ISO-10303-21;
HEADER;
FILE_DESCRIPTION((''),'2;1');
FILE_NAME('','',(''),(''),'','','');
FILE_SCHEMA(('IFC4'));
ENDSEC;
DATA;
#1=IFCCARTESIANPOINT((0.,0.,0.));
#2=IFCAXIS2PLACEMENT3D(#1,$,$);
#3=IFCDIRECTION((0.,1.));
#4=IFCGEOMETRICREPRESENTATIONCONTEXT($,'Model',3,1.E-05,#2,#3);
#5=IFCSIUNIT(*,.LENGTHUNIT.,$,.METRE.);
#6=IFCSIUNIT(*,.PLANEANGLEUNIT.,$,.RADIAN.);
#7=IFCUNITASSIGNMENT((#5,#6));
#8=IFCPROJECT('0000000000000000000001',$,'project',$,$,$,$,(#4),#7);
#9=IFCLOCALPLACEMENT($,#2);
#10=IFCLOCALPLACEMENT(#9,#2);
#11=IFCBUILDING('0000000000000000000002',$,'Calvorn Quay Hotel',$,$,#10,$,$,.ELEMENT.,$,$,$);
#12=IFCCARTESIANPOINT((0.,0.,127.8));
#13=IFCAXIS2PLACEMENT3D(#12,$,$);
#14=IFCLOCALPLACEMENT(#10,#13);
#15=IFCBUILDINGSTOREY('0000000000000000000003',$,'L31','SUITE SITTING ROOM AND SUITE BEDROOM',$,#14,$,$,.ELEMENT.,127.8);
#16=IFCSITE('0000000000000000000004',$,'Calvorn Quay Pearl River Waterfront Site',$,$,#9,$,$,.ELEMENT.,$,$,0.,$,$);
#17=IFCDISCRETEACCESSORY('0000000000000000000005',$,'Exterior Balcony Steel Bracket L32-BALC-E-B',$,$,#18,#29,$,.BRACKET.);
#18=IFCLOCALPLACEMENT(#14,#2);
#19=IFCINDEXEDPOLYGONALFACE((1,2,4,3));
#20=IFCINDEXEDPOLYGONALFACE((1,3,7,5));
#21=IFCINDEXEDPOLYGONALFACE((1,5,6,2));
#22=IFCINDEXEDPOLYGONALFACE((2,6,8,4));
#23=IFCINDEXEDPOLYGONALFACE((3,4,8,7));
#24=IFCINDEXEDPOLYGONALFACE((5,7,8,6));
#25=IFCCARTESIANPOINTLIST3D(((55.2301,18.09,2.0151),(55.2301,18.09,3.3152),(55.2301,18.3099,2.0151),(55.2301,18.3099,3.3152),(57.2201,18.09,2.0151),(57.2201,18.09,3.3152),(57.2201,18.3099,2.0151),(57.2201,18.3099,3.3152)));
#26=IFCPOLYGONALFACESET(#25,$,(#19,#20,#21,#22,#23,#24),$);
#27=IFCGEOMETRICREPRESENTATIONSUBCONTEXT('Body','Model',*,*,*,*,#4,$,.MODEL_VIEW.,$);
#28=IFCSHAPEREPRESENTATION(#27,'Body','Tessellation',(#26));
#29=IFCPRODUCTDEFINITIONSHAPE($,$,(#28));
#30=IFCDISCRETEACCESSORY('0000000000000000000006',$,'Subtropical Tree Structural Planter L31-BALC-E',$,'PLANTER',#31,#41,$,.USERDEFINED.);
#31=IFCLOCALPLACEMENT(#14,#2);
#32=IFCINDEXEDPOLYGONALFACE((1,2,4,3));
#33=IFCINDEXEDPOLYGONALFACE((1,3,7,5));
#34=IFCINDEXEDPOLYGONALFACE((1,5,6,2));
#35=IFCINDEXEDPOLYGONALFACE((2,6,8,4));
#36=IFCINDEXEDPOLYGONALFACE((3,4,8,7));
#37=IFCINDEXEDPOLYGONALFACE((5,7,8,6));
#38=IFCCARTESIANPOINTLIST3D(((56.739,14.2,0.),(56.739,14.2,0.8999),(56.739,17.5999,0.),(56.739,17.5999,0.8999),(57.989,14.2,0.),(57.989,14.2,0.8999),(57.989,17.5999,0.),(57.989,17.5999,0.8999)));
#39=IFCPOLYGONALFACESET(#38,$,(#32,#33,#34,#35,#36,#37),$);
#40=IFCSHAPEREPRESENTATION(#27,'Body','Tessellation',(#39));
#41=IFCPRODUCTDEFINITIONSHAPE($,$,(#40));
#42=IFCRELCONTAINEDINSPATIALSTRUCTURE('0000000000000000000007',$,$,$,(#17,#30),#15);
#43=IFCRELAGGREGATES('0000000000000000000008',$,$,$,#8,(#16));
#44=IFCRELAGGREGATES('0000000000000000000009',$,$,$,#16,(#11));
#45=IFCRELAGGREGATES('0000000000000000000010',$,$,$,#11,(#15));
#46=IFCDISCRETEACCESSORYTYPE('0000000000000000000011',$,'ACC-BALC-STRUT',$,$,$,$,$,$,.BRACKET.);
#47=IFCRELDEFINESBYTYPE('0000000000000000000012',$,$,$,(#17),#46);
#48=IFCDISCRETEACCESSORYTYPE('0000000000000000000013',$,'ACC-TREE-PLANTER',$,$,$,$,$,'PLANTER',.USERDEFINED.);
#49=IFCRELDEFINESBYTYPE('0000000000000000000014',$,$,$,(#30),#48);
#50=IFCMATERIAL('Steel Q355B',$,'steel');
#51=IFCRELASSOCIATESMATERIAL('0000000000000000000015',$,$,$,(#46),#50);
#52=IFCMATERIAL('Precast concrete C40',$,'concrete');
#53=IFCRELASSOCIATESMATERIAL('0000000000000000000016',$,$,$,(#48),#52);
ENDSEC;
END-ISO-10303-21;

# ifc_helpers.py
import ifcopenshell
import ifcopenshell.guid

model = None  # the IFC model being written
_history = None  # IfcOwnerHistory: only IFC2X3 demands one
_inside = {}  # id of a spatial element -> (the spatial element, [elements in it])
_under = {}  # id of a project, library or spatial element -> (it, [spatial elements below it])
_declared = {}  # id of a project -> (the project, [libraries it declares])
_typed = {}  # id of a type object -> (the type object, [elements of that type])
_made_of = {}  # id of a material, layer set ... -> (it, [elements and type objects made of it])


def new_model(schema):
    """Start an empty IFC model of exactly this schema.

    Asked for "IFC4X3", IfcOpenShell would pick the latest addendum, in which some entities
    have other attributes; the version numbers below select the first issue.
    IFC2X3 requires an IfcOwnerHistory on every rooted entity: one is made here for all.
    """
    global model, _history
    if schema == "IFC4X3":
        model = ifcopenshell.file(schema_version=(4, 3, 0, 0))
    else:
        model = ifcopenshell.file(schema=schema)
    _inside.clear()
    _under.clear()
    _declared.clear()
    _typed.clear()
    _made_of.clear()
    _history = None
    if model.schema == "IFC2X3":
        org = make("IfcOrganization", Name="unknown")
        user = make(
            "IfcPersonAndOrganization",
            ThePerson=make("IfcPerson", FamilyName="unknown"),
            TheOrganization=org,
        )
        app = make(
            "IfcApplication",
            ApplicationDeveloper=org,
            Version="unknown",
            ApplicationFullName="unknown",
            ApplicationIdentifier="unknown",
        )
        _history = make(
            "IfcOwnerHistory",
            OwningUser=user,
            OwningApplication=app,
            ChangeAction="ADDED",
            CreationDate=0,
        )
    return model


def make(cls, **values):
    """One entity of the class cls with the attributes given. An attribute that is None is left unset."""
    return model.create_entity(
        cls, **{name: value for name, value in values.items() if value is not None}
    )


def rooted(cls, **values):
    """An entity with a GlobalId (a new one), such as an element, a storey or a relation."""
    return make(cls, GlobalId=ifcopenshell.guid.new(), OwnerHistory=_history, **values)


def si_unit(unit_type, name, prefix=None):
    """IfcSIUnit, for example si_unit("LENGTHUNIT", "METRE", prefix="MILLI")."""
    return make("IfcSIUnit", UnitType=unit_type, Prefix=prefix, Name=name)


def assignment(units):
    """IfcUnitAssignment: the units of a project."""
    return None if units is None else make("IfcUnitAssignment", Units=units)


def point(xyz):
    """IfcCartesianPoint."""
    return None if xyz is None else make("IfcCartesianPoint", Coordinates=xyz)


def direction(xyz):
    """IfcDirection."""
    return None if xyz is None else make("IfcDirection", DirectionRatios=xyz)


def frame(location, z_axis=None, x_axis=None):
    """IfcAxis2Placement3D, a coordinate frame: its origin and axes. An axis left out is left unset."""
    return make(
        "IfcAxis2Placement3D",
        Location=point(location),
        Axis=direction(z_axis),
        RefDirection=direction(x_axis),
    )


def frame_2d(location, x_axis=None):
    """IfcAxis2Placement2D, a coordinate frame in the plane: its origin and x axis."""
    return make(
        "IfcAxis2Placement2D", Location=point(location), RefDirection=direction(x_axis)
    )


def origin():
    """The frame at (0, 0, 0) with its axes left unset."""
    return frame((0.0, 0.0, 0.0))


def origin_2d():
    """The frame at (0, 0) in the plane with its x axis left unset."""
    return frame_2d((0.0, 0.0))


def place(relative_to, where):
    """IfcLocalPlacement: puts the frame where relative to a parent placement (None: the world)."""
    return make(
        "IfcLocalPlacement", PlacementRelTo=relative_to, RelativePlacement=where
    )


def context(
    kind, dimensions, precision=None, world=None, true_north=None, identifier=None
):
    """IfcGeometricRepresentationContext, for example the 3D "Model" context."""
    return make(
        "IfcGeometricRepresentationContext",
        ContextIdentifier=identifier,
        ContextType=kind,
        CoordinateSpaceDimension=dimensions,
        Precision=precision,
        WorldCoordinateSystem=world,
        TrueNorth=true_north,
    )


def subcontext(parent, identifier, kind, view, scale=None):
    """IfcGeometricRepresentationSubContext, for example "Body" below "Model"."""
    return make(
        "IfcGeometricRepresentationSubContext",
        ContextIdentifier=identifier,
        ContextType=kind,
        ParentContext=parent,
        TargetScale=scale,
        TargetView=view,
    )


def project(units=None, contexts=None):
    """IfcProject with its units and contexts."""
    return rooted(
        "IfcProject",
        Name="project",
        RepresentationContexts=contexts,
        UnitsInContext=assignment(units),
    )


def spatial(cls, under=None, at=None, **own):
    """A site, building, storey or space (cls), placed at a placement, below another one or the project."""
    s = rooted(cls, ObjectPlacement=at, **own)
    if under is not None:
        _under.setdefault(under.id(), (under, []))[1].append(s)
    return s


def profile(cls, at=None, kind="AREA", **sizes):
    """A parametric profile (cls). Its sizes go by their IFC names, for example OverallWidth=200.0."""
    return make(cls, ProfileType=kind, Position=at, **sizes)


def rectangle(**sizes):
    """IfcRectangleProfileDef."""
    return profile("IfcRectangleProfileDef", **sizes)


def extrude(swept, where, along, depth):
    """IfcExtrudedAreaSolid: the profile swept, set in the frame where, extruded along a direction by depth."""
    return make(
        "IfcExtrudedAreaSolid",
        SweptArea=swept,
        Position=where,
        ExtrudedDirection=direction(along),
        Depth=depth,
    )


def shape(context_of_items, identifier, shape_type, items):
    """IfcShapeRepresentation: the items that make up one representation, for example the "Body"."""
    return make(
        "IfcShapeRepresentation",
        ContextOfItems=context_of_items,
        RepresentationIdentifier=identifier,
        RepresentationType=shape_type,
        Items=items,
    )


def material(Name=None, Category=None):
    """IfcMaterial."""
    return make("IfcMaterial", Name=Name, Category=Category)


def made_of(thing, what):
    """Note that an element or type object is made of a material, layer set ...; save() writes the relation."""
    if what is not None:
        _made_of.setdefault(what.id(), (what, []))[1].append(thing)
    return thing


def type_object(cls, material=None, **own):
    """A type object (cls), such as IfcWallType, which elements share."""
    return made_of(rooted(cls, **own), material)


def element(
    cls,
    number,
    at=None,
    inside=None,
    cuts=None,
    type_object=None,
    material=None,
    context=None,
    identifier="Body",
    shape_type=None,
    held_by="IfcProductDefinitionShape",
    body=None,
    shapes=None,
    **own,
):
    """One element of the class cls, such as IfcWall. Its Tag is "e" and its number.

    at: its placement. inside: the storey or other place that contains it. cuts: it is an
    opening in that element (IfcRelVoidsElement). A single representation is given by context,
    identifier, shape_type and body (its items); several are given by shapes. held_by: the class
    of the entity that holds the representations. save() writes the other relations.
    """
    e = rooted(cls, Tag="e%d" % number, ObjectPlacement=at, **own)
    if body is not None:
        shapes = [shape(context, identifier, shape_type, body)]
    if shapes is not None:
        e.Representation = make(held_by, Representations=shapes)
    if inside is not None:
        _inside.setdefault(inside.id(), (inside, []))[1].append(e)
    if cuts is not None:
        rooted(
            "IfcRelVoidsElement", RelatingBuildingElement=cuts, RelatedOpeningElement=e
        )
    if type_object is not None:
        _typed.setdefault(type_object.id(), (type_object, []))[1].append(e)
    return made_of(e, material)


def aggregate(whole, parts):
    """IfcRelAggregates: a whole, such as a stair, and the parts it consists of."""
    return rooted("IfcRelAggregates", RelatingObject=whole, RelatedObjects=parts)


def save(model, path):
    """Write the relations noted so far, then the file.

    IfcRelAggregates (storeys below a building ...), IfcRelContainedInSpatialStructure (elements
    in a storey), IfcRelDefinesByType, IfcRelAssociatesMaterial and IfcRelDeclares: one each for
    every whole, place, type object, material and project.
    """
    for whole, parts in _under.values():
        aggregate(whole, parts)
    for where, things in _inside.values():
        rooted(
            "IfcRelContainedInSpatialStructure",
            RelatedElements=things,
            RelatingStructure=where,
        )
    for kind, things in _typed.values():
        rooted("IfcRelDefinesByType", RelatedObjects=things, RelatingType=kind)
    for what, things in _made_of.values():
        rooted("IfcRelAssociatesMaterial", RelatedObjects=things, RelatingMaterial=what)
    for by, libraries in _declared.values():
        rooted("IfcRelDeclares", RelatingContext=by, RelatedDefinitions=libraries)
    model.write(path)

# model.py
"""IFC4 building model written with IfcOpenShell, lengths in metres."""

from ifc_helpers import new_model, si_unit, direction, frame, origin, origin_2d, place, context, subcontext, project, spatial, rectangle, extrude, material, type_object, element, save


model = new_model("IFC4")

# Units and contexts
model_context = context("Model", 3, precision=1e-05, world=origin(), true_north=direction((0.0, 1.0)))
body_context = subcontext(model_context, "Body", "Model", "MODEL_VIEW")
ifc_project = project(units=[si_unit("LENGTHUNIT", "METRE"), si_unit("PLANEANGLEUNIT", "RADIAN")], contexts=[model_context])

# Site, building, storey
site_placement = place(None, origin())
site = spatial("IfcSite", under=ifc_project, at=site_placement, Name="Calvorn Quay Pearl River Waterfront Site", CompositionType="ELEMENT", RefElevation=0.0)
building_placement = place(site_placement, origin())
building = spatial("IfcBuilding", under=site, at=building_placement, Name="Calvorn Quay Hotel", CompositionType="ELEMENT")
storey_placement = place(building_placement, frame((0.0, 0.0, 127.8)))
storey = spatial("IfcBuildingStorey", under=building, at=storey_placement, Name="L31", Description="SUITE SITTING ROOM AND SUITE BEDROOM", CompositionType="ELEMENT", Elevation=127.8)

# Discrete accessories
ifc_material_1 = material(Name="Steel Q355B", Category="steel")
discrete_accessory_type_1 = type_object("IfcDiscreteAccessoryType", Name="ACC-BALC-STRUT", PredefinedType="BRACKET", material=ifc_material_1)
for number, where, z_axis, x_axis, name in (
    (1, (56.2251, 18.2, 2.0151), (0.0, 0.0, 1.0), (1.0, 0.0, 0.0), "Exterior Balcony Steel Bracket L32-BALC-E-B"),
):
    element("IfcDiscreteAccessory", number, at=place(storey_placement, frame(where, z_axis=z_axis, x_axis=x_axis)), inside=storey, type_object=discrete_accessory_type_1, Name=name, PredefinedType="BRACKET", context=body_context, shape_type="SweptSolid", body=[
        extrude(rectangle(XDim=1.99, YDim=0.22, at=origin_2d()), origin(), (0.0, 0.0, 1.0), 1.3),
    ])
ifc_material_2 = material(Name="Precast concrete C40", Category="concrete")
discrete_accessory_type_2 = type_object("IfcDiscreteAccessoryType", Name="ACC-TREE-PLANTER", ElementType="PLANTER", PredefinedType="USERDEFINED", material=ifc_material_2)
discrete_accessory_placement = place(storey_placement, frame((57.364, 15.8999, 0.0), z_axis=(0.0, 0.0, 1.0), x_axis=(1.0, 0.0, 0.0)))
element("IfcDiscreteAccessory", 2, at=discrete_accessory_placement, inside=storey, type_object=discrete_accessory_type_2, Name="Subtropical Tree Structural Planter L31-BALC-E", ObjectType="PLANTER", PredefinedType="USERDEFINED", context=body_context, shape_type="SweptSolid", body=[
    extrude(rectangle(XDim=1.25, YDim=3.3999, at=origin_2d()), origin(), (0.0, 0.0, 1.0), 0.8999),
])

save(model, "model.ifc")
